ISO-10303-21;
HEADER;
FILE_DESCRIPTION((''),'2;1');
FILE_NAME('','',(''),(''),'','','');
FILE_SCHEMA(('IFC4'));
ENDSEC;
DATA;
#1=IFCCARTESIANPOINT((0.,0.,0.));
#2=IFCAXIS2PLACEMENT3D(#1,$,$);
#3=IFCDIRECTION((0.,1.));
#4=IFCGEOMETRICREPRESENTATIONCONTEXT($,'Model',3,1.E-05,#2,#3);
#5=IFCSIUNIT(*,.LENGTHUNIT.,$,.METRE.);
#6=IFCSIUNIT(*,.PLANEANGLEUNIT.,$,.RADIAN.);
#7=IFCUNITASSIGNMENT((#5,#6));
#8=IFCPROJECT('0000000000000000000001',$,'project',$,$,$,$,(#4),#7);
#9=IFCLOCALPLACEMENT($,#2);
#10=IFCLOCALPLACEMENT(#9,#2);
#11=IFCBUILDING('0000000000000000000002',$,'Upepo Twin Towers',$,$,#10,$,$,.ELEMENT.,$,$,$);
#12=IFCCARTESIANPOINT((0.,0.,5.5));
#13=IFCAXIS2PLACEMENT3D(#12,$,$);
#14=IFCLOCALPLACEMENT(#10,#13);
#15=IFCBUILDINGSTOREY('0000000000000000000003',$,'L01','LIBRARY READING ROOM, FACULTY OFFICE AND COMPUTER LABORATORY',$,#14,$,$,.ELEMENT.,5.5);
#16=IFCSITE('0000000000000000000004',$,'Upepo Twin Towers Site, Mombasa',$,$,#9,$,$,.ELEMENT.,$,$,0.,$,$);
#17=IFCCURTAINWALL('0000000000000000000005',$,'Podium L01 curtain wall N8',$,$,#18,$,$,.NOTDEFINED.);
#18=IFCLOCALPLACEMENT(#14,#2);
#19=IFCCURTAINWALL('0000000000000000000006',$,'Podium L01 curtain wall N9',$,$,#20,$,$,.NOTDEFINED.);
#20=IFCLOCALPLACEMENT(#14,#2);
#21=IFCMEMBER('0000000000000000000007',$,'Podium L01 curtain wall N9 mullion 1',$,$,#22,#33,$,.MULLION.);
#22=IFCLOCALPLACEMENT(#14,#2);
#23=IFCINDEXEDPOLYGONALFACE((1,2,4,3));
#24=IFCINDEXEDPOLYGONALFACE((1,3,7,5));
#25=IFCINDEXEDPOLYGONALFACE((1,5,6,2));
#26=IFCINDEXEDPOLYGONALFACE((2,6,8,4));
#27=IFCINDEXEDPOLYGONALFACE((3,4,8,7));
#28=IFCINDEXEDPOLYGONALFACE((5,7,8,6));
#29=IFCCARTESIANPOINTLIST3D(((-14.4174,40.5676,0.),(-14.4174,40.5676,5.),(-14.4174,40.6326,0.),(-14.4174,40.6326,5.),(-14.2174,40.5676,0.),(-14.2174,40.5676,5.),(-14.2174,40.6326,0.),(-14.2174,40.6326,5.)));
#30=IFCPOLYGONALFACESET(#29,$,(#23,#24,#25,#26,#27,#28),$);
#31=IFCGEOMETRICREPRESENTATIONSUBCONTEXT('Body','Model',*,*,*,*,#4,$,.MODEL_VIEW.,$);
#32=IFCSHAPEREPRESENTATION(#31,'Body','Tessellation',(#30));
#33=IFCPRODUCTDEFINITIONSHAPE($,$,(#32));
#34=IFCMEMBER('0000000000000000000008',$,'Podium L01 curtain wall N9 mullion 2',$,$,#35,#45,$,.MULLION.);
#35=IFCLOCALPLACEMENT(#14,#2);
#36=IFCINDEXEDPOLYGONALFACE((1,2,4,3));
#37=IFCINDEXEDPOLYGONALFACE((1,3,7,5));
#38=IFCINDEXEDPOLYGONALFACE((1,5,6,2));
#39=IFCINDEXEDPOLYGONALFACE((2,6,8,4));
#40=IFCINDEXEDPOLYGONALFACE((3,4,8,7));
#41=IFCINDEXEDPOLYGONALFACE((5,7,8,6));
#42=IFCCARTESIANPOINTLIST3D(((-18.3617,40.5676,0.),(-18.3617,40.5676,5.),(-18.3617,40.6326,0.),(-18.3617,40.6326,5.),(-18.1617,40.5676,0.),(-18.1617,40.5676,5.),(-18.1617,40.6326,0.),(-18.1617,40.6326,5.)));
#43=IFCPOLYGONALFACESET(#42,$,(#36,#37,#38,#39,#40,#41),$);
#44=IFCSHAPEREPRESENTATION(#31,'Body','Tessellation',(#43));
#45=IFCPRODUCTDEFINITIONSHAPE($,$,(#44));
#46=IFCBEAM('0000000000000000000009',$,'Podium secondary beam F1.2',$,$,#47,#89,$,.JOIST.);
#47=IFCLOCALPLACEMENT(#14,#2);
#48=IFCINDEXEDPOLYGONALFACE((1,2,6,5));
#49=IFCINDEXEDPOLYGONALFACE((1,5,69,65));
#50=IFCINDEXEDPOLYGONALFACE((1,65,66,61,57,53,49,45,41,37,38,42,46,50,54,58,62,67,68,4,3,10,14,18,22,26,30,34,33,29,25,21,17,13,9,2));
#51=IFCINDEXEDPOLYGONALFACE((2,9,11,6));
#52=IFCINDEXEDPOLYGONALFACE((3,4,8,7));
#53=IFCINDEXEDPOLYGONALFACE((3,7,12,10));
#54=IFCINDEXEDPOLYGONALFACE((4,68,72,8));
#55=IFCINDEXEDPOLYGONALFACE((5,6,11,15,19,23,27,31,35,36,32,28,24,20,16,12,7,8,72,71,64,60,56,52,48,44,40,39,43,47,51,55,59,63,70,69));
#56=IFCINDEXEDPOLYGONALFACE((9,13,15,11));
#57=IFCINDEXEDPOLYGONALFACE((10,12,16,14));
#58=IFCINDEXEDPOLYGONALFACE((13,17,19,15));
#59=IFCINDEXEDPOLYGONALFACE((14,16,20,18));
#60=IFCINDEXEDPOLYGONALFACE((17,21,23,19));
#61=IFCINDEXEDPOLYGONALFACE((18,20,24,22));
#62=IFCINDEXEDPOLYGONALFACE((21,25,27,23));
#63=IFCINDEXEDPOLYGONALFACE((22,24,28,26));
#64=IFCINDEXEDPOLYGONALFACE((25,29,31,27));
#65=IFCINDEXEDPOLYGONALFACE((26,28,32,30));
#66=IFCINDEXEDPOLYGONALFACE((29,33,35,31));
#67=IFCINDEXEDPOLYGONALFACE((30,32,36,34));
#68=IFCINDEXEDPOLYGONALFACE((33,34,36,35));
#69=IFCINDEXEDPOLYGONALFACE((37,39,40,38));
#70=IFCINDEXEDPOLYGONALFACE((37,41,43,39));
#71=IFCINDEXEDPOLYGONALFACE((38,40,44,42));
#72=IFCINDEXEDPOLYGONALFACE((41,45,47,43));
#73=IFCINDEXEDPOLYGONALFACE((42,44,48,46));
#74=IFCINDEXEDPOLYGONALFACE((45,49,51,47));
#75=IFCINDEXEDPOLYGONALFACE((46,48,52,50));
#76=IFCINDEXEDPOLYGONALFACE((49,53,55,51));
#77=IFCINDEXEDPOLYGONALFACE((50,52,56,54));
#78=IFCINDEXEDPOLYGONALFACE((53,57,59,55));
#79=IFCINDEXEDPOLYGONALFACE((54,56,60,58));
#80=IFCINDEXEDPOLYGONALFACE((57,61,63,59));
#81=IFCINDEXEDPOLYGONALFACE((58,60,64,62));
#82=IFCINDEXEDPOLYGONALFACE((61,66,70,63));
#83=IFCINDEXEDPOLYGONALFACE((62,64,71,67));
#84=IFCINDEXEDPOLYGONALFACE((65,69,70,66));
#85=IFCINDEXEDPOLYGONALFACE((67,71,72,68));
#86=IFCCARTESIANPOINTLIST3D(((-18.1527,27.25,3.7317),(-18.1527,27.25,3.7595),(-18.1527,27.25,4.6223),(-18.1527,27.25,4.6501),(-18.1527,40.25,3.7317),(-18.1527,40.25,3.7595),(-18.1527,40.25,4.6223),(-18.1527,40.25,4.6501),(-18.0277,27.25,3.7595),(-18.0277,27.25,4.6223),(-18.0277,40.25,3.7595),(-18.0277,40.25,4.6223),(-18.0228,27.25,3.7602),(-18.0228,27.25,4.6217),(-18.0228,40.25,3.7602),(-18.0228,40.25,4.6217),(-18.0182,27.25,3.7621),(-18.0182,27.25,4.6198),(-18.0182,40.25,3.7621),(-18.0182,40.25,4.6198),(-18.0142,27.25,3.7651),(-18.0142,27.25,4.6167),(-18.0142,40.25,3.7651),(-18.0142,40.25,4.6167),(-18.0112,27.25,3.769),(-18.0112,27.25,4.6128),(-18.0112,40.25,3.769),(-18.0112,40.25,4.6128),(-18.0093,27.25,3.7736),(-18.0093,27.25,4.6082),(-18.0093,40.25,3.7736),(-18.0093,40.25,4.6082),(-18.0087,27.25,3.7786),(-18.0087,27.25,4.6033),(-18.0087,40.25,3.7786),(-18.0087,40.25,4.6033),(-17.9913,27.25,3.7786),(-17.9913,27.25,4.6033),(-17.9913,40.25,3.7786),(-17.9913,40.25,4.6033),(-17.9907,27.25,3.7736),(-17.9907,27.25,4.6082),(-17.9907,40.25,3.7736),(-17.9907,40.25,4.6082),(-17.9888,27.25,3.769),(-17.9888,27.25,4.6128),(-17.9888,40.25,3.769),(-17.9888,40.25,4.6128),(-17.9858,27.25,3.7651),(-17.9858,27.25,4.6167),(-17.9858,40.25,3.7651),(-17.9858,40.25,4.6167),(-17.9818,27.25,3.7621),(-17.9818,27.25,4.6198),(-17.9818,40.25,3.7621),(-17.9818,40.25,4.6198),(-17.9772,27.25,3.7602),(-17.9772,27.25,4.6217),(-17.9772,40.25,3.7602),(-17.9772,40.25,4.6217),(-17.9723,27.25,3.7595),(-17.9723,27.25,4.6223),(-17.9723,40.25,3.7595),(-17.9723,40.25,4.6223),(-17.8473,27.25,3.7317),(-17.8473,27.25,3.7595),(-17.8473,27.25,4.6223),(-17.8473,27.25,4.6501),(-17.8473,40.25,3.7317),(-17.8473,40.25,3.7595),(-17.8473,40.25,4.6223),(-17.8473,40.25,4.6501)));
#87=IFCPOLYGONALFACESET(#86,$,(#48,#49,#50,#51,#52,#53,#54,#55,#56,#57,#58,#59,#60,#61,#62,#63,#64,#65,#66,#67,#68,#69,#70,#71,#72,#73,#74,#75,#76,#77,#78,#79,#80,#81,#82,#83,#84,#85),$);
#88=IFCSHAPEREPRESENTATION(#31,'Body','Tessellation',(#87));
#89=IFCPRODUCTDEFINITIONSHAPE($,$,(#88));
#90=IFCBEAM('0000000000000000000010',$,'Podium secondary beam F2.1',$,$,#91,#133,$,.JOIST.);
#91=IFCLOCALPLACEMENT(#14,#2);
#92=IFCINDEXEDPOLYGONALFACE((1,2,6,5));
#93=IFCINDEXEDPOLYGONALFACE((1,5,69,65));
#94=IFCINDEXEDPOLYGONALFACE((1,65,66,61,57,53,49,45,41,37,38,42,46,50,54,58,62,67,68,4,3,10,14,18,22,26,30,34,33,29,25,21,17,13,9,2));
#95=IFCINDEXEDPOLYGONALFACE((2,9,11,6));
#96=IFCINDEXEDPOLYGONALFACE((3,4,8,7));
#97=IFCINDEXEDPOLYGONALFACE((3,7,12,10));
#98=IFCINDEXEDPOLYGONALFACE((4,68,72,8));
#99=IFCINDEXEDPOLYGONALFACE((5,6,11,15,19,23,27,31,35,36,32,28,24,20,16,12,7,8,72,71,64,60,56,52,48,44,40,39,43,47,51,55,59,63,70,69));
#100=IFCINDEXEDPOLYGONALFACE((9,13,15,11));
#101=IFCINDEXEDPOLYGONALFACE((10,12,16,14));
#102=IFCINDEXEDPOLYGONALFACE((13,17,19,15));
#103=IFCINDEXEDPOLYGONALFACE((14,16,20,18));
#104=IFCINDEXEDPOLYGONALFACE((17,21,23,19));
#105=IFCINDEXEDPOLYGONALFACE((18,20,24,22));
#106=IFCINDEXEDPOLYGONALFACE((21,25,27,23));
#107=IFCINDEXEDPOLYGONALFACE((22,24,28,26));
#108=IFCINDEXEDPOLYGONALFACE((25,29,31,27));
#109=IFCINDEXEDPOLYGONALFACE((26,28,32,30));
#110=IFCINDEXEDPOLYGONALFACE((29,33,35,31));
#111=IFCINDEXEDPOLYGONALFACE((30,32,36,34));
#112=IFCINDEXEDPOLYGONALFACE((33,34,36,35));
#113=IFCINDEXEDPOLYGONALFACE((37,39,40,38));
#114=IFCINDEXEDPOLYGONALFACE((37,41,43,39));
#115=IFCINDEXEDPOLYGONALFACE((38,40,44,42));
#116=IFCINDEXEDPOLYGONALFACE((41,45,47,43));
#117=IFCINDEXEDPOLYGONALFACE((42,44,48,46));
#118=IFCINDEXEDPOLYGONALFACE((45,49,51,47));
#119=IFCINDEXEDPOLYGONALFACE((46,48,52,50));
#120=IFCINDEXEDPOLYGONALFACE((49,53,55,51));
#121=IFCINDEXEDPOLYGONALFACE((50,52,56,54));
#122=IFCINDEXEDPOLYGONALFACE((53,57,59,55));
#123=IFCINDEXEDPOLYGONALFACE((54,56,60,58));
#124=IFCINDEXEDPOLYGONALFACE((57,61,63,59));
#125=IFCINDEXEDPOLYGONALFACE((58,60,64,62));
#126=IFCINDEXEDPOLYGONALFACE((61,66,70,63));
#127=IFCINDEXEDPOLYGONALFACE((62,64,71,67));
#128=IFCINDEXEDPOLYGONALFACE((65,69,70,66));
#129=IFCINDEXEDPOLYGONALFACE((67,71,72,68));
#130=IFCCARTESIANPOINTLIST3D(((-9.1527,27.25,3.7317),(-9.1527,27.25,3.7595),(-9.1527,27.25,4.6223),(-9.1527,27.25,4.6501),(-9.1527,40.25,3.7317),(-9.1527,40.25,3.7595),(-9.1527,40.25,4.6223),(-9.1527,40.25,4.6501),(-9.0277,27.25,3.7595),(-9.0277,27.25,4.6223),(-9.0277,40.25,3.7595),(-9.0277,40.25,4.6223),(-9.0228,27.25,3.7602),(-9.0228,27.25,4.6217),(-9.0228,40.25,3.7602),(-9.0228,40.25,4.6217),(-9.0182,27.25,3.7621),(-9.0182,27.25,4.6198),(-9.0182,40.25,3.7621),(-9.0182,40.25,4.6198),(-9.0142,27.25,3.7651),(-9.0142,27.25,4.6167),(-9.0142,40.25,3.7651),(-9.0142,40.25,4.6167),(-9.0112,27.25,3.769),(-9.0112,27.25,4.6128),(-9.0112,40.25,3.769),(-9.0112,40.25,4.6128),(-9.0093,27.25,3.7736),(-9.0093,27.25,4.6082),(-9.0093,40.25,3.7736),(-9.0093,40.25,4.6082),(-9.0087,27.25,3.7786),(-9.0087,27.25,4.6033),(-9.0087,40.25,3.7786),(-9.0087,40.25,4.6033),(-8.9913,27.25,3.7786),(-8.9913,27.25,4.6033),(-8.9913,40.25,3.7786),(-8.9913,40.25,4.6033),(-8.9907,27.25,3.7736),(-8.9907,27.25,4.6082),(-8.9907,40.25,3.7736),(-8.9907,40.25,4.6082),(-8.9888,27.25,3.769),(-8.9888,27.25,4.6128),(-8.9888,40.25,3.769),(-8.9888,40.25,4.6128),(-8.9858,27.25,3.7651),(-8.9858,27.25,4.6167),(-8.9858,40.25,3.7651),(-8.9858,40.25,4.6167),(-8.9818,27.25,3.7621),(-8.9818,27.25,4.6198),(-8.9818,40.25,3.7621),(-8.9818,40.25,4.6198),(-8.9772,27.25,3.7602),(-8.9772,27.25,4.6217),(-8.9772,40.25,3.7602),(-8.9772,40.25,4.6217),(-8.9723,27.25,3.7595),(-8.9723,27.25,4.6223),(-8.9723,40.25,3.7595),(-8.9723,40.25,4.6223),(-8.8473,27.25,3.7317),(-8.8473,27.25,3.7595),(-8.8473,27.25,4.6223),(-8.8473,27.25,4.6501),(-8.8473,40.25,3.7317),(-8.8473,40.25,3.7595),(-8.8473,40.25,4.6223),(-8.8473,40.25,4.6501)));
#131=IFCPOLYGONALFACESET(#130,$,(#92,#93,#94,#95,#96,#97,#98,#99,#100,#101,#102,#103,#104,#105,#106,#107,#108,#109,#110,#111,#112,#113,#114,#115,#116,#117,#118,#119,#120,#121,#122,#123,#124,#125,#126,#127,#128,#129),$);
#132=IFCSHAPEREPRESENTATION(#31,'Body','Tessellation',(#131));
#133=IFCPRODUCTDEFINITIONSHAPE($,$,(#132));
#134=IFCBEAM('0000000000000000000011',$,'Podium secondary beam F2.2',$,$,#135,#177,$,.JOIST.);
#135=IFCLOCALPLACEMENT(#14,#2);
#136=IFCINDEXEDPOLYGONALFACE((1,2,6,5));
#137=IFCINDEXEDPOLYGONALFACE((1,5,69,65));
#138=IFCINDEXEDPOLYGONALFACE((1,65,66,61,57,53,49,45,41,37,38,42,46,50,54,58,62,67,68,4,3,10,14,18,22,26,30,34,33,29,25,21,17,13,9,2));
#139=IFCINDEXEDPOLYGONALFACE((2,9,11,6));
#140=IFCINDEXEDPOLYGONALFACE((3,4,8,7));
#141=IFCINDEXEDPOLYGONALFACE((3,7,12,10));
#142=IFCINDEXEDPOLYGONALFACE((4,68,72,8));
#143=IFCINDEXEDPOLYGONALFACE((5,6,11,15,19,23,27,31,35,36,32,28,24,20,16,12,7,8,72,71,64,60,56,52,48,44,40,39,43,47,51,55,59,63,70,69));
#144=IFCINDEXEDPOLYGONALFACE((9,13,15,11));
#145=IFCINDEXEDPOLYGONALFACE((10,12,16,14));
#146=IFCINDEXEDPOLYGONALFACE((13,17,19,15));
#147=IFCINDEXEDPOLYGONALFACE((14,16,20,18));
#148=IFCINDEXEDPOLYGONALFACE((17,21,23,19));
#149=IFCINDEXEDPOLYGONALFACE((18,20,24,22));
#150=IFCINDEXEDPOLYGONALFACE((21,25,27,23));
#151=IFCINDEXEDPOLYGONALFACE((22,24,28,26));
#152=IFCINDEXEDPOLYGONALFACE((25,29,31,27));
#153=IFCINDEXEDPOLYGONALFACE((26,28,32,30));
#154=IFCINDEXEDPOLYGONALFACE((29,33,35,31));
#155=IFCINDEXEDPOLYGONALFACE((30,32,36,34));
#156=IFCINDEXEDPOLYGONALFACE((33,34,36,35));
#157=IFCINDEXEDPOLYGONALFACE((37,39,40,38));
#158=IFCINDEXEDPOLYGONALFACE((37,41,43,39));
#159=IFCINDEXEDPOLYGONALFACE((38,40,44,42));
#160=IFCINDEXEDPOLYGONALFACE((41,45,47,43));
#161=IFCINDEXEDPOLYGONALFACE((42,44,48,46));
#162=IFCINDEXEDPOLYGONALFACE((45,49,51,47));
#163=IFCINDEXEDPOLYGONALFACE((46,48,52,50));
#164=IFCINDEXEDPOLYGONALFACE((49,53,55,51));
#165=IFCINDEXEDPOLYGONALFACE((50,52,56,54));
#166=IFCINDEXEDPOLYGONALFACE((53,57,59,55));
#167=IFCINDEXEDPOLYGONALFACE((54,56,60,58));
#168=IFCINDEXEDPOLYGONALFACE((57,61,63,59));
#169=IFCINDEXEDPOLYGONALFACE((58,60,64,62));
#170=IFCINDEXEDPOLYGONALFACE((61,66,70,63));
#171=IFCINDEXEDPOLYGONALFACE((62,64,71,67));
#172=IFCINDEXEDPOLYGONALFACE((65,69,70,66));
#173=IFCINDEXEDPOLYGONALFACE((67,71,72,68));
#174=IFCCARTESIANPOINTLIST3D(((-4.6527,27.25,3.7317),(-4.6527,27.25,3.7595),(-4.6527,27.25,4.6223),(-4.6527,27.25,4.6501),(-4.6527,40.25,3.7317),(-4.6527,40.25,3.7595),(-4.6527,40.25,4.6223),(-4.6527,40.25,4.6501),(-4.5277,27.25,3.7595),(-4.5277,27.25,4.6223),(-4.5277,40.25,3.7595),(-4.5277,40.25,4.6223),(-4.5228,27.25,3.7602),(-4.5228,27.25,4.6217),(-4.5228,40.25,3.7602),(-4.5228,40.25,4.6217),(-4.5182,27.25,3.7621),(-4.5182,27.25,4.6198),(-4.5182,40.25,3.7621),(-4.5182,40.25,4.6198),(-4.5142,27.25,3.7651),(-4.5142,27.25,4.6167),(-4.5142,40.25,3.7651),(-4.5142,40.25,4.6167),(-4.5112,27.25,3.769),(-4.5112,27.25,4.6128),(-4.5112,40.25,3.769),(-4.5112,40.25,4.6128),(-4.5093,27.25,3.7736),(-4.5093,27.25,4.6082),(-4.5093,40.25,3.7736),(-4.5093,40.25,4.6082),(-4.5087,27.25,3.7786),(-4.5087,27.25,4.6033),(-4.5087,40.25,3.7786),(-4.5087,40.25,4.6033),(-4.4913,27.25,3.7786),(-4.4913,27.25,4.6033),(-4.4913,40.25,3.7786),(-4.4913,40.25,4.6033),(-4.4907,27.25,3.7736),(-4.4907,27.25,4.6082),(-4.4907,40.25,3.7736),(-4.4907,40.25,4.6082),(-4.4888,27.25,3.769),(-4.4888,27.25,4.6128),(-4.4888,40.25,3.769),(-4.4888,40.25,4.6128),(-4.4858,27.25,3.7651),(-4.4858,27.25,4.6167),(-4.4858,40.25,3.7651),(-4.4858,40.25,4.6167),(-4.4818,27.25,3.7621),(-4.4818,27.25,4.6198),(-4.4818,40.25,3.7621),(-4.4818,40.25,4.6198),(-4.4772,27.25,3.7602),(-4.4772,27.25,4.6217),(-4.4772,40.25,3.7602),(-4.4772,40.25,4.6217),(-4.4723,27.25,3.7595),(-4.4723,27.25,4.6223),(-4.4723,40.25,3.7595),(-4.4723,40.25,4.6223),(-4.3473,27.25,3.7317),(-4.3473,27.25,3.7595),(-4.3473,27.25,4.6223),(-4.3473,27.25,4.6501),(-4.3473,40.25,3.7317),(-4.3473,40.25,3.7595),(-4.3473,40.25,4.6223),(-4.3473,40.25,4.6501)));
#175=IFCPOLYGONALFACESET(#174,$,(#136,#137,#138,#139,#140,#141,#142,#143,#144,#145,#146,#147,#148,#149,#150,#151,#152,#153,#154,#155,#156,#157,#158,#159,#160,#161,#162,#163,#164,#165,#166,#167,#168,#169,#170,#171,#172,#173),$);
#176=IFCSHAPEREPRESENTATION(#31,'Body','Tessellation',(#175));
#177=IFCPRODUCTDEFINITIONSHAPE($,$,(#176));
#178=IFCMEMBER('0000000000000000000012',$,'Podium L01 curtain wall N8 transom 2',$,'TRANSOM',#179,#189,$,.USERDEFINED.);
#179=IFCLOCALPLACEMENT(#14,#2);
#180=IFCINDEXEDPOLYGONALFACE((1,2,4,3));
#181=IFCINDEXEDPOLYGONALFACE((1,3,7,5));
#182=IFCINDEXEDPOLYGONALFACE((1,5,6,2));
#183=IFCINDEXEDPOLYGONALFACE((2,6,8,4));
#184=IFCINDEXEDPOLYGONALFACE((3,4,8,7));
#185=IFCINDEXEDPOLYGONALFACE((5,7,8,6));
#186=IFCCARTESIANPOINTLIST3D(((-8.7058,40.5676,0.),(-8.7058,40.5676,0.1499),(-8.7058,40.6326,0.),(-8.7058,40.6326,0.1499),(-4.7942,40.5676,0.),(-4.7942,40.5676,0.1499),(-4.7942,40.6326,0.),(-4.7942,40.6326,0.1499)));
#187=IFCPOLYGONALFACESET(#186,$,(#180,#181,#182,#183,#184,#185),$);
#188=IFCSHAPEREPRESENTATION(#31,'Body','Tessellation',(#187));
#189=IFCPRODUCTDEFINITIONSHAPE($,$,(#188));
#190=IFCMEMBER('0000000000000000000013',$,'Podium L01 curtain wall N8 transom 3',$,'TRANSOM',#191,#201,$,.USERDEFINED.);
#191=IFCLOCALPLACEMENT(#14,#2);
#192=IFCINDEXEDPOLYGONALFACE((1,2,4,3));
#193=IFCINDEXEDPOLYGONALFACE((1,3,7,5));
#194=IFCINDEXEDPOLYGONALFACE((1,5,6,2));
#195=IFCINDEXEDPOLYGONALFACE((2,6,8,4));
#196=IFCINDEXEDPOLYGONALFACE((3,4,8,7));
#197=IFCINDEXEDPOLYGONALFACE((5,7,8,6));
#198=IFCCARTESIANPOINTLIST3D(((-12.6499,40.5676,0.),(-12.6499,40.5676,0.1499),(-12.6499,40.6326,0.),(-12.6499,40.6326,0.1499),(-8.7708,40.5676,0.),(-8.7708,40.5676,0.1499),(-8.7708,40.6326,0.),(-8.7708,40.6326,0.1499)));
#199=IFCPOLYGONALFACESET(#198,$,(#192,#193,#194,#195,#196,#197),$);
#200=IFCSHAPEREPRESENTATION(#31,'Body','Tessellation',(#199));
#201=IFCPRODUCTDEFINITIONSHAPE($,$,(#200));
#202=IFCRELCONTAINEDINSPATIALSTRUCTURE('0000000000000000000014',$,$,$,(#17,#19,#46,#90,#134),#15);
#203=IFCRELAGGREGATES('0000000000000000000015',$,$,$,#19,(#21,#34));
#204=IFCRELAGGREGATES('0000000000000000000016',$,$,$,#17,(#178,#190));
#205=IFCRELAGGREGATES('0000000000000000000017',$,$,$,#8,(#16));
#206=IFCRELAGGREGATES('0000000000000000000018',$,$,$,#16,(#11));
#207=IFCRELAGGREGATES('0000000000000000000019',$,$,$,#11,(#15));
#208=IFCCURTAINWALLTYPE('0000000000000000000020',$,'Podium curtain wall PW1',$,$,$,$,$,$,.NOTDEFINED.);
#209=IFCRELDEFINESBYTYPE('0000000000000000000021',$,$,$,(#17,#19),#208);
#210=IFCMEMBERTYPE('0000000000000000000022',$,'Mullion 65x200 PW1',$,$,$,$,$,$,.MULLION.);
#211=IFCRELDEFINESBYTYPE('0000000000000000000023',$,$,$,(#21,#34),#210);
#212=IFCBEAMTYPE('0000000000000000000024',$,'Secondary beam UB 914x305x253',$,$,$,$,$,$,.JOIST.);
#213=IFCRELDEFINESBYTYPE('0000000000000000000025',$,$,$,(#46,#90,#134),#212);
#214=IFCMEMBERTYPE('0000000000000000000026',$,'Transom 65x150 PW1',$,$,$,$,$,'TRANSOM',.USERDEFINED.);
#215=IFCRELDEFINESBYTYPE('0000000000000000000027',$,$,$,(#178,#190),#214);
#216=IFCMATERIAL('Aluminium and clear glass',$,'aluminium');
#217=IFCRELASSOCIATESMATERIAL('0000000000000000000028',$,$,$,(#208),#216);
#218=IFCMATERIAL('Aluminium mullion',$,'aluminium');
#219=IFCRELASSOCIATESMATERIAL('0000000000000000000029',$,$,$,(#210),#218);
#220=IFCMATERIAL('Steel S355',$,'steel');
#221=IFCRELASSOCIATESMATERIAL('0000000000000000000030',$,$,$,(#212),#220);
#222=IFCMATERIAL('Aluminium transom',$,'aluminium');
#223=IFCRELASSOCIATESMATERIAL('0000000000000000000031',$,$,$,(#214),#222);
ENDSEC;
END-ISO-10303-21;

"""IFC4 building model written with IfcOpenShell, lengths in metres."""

from ifc_helpers import new_model, si_unit, direction, frame, origin, origin_2d, place, context, subcontext, project, spatial, rectangle, i_section, extrude, material, material_profile, profile_set, type_object, element, aggregate, save


model = new_model("IFC4")

# Units and contexts
model_context = context("Model", 3, precision=1e-05, world=origin(), true_north=direction((0.0, 1.0)))
body_context = subcontext(model_context, "Body", "Model", "MODEL_VIEW")
ifc_project = project(units=[si_unit("LENGTHUNIT", "METRE"), si_unit("PLANEANGLEUNIT", "RADIAN")], contexts=[model_context])

# Site, building, storey
site_placement = place(None, origin())
site = spatial("IfcSite", under=ifc_project, at=site_placement, Name="Upepo Twin Towers Site, Mombasa", CompositionType="ELEMENT", RefElevation=0.0)
building_placement = place(site_placement, origin())
building = spatial("IfcBuilding", under=site, at=building_placement, Name="Upepo Twin Towers", CompositionType="ELEMENT")
storey_placement = place(building_placement, frame((0.0, 0.0, 5.5)))
storey = spatial("IfcBuildingStorey", under=building, at=storey_placement, Name="L01", Description="LIBRARY READING ROOM, FACULTY OFFICE AND COMPUTER LABORATORY", CompositionType="ELEMENT", Elevation=5.5)

# Curtain walls, members
ifc_material_1 = material(Name="Aluminium and clear glass", Category="aluminium")
curtain_wall_type = type_object("IfcCurtainWallType", Name="Podium curtain wall PW1", PredefinedType="NOTDEFINED", material=ifc_material_1)
curtain_wall_1_placement = place(storey_placement, origin())
curtain_wall_1 = element("IfcCurtainWall", 1, at=curtain_wall_1_placement, inside=storey, type_object=curtain_wall_type, Name="Podium L01 curtain wall N8", PredefinedType="NOTDEFINED")
ifc_material_2 = material(Name="Aluminium mullion", Category="aluminium")
ifc_material_profile_1 = material_profile(ifc_material_2, rectangle(XDim=0.0649, YDim=0.2, at=origin_2d()), Name="MULLION 65x200 PODIUM")
ifc_profile_set_1 = profile_set([ifc_material_profile_1], Name="Aluminium mullion")
member_type_1 = type_object("IfcMemberType", Name="Mullion 65x200 PW1", PredefinedType="MULLION", material=ifc_profile_set_1)
curtain_wall_2_placement = place(storey_placement, origin())
curtain_wall_2 = element("IfcCurtainWall", 2, at=curtain_wall_2_placement, inside=storey, type_object=curtain_wall_type, Name="Podium L01 curtain wall N9", PredefinedType="NOTDEFINED")
member_1_placement = place(storey_placement, frame((-14.3174, 40.6001, 0.0), z_axis=(0.0, 0.0, 1.0), x_axis=(0.0, -1.0, 0.0)))
member_1 = element("IfcMember", 3, at=member_1_placement, type_object=member_type_1, Name="Podium L01 curtain wall N9 mullion 1", PredefinedType="MULLION", context=body_context, shape_type="SweptSolid", body=[
    extrude(rectangle(XDim=0.0649, YDim=0.2, at=origin_2d()), origin(), (0.0, 0.0, 1.0), 5.0),
])
member_2_placement = place(storey_placement, frame((-18.2617, 40.6001, 0.0), z_axis=(0.0, 0.0, 1.0), x_axis=(0.0, -1.0, 0.0)))
member_2 = element("IfcMember", 4, at=member_2_placement, type_object=member_type_1, Name="Podium L01 curtain wall N9 mullion 2", PredefinedType="MULLION", context=body_context, shape_type="SweptSolid", body=[
    extrude(rectangle(XDim=0.0649, YDim=0.2, at=origin_2d()), origin(), (0.0, 0.0, 1.0), 5.0),
])

# Beams
ifc_material_3 = material(Name="Steel S355", Category="steel")
ifc_material_profile_2 = material_profile(ifc_material_3, i_section(OverallWidth=0.3054, OverallDepth=0.9185, WebThickness=0.0173, FlangeThickness=0.0278, FilletRadius=0.019, at=origin_2d()), Name="UB 914x305x253")
ifc_profile_set_2 = profile_set([ifc_material_profile_2], Name="Steel S355")
beam_type_1 = type_object("IfcBeamType", Name="Secondary beam UB 914x305x253", PredefinedType="JOIST", material=ifc_profile_set_2)
for number, where, z_axis, x_axis, name in (
    (5, (-18.0, 27.25, 4.1909), (0.0, 1.0, 0.0), (-1.0, 0.0, 0.0), "Podium secondary beam F1.2"),
    (6, (-9.0, 27.25, 4.1909), (0.0, 1.0, 0.0), (-1.0, 0.0, 0.0), "Podium secondary beam F2.1"),
    (7, (-4.5, 27.25, 4.1909), (0.0, 1.0, 0.0), (-1.0, 0.0, 0.0), "Podium secondary beam F2.2"),
):
    element("IfcBeam", number, at=place(storey_placement, frame(where, z_axis=z_axis, x_axis=x_axis)), inside=storey, type_object=beam_type_1, Name=name, PredefinedType="JOIST", context=body_context, shape_type="SweptSolid", body=[
        extrude(i_section(OverallWidth=0.3054, OverallDepth=0.9185, WebThickness=0.0173, FlangeThickness=0.0278, FilletRadius=0.019, at=origin_2d()), origin(), (0.0, 0.0, 1.0), 13.0),
    ])

# Members
ifc_material_4 = material(Name="Aluminium transom", Category="aluminium")
ifc_material_profile_3 = material_profile(ifc_material_4, rectangle(XDim=0.0649, YDim=0.1499, at=origin_2d()), Name="TRANSOM 65x150 PODIUM")
ifc_profile_set_3 = profile_set([ifc_material_profile_3], Name="Aluminium transom")
member_type_2 = type_object("IfcMemberType", Name="Transom 65x150 PW1", ElementType="TRANSOM", PredefinedType="USERDEFINED", material=ifc_profile_set_3)
member_3_placement = place(storey_placement, frame((-4.7942, 40.6001, 0.075), z_axis=(-1.0, 0.0, 0.0), x_axis=(0.0, -1.0, 0.0)))
member_3 = element("IfcMember", 8, at=member_3_placement, type_object=member_type_2, Name="Podium L01 curtain wall N8 transom 2", ObjectType="TRANSOM", PredefinedType="USERDEFINED", context=body_context, shape_type="SweptSolid", body=[
    extrude(rectangle(XDim=0.0649, YDim=0.1499, at=origin_2d()), origin(), (0.0, 0.0, 1.0), 3.9116),
])
member_4_placement = place(storey_placement, frame((-8.7708, 40.6001, 0.075), z_axis=(-1.0, 0.0, 0.0), x_axis=(0.0, -1.0, 0.0)))
member_4 = element("IfcMember", 9, at=member_4_placement, type_object=member_type_2, Name="Podium L01 curtain wall N8 transom 3", ObjectType="TRANSOM", PredefinedType="USERDEFINED", context=body_context, shape_type="SweptSolid", body=[
    extrude(rectangle(XDim=0.0649, YDim=0.1499, at=origin_2d()), origin(), (0.0, 0.0, 1.0), 3.8792),
])

aggregate(curtain_wall_2, [member_1, member_2])
aggregate(curtain_wall_1, [member_3, member_4])

save(model, "model.ifc")
